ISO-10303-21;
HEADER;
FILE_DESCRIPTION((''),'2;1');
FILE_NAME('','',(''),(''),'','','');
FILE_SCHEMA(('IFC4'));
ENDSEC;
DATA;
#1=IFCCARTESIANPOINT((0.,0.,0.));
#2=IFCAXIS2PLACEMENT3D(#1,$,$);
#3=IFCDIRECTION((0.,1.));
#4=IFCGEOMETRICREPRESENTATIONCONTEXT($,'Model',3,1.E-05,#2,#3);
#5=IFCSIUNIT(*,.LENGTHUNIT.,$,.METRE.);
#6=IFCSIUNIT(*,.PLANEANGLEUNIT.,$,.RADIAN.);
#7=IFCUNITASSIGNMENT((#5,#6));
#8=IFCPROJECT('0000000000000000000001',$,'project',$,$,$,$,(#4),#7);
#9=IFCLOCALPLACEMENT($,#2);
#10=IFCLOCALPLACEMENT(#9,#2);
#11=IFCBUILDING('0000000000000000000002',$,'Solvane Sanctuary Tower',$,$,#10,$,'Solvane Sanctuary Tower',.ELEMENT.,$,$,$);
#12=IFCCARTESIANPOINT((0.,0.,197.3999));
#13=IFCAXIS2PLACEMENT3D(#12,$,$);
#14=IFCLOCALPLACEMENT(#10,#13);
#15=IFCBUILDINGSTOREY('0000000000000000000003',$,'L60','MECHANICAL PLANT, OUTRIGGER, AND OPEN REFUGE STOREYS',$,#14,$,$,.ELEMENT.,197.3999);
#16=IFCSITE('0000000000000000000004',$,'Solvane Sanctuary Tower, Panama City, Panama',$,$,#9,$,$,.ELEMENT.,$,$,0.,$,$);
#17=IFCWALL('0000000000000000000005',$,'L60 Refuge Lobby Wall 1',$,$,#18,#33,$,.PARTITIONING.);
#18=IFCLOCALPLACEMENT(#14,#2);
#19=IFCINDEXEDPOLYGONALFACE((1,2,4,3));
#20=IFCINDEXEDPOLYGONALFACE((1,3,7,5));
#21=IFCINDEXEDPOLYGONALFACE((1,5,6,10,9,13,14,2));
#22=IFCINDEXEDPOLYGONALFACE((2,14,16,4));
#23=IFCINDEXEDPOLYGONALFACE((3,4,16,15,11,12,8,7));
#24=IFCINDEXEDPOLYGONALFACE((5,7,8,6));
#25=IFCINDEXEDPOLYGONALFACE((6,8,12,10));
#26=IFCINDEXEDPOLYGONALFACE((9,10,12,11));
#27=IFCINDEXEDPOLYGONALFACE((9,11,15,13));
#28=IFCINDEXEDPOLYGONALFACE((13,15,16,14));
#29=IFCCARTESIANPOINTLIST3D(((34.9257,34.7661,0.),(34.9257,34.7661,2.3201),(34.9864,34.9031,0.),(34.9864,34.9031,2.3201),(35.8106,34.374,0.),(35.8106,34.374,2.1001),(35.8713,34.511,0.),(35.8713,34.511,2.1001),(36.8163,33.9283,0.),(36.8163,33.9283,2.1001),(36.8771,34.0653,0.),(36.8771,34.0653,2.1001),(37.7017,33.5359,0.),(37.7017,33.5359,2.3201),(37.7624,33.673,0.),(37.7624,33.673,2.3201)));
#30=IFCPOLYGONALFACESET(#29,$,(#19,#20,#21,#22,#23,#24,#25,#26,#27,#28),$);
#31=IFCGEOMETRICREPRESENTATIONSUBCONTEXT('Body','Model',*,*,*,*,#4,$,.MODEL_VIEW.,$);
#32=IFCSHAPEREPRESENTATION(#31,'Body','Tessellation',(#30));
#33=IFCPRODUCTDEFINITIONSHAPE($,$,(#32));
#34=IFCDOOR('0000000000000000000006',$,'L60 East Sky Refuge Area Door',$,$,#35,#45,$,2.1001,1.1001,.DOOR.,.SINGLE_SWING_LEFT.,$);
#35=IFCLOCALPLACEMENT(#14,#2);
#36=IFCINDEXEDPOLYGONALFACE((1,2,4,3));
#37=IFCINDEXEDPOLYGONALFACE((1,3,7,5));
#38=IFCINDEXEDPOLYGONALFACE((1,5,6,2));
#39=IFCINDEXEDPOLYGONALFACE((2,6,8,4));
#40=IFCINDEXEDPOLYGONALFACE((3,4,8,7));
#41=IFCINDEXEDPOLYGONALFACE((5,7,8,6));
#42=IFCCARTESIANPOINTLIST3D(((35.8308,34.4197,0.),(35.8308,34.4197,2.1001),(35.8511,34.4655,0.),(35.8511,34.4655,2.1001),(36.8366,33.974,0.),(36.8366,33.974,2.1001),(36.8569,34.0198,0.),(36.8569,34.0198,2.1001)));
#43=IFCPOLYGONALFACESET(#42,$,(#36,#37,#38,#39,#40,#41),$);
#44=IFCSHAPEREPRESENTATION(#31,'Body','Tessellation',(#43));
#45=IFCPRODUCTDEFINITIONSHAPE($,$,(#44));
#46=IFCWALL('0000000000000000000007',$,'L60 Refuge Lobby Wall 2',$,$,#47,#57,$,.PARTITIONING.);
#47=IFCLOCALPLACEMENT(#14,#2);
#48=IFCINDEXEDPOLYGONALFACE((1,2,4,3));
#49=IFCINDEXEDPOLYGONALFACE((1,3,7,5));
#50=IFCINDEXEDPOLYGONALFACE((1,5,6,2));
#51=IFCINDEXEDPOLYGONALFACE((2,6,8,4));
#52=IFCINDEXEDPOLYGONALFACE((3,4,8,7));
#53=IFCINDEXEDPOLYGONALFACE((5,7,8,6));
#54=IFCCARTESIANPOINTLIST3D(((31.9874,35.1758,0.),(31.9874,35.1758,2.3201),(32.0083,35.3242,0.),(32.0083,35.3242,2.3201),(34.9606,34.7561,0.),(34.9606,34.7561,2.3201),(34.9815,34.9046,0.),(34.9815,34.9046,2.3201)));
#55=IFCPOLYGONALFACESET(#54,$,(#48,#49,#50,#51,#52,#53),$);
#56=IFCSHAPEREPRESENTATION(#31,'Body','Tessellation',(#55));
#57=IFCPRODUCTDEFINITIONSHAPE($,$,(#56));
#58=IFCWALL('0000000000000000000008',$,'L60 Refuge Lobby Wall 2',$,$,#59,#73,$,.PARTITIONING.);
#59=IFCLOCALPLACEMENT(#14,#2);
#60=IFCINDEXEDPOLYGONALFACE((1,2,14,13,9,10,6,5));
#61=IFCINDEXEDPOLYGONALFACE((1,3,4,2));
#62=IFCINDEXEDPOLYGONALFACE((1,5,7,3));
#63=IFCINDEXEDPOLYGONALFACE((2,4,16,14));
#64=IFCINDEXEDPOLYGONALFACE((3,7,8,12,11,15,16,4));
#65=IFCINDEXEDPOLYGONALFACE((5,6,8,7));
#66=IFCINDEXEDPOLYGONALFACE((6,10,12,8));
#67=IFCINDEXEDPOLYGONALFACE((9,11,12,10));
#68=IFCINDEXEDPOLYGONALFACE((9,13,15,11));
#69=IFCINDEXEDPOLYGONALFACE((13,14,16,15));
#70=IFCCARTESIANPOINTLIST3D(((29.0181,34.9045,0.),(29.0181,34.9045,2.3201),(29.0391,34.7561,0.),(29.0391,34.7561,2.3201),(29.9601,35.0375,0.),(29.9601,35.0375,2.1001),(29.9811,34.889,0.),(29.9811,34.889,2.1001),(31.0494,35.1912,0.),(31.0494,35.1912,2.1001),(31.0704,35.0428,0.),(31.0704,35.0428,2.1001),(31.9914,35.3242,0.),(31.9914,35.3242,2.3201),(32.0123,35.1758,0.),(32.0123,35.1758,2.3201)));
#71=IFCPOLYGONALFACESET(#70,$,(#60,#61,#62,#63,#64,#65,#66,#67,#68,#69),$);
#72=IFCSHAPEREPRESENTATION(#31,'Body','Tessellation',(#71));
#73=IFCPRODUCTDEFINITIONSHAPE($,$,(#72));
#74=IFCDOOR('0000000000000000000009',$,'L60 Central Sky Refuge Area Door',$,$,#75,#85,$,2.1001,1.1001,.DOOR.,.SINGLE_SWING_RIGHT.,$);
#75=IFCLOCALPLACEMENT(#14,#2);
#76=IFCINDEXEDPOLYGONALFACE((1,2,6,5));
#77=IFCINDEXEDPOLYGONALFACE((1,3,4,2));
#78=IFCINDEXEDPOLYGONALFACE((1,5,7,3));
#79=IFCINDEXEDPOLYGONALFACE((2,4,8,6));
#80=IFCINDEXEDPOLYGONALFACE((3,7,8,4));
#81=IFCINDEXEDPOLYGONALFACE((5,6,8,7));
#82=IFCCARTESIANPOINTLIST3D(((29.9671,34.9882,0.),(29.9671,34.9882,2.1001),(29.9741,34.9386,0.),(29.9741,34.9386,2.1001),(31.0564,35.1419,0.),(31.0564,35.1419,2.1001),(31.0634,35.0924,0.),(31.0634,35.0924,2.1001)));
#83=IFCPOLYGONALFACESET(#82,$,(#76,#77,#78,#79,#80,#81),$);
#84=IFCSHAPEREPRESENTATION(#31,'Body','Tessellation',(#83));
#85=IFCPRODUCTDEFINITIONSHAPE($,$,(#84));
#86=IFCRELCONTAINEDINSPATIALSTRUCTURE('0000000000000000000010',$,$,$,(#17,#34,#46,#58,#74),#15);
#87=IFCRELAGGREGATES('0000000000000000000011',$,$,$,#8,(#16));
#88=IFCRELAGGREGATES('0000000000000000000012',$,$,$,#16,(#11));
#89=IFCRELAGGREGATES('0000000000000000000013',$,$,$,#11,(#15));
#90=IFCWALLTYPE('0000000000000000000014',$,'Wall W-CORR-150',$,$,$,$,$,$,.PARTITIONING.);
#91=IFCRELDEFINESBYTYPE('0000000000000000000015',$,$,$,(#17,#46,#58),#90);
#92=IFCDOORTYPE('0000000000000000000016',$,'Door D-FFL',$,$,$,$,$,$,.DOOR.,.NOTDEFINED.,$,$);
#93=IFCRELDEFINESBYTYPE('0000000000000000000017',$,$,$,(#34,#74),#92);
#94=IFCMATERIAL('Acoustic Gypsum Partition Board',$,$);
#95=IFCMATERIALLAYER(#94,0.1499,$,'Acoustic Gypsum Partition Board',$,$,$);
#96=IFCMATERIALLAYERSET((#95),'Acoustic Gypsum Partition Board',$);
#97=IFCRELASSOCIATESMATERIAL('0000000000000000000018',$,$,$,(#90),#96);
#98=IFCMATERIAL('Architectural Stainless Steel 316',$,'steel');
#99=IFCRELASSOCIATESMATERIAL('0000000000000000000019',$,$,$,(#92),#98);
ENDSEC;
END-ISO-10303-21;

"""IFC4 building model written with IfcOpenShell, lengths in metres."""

from ifc_helpers import new_model, si_unit, direction, frame, frame_2d, origin, place, context, subcontext, project, spatial, rectangle, extrude, material, layer, layer_set, type_object, element, fill, save


model = new_model("IFC4")

# Units and contexts
model_context = context("Model", 3, precision=1e-05, world=origin(), true_north=direction((0.0, 1.0)))
body_context = subcontext(model_context, "Body", "Model", "MODEL_VIEW")
ifc_project = project(units=[si_unit("LENGTHUNIT", "METRE"), si_unit("PLANEANGLEUNIT", "RADIAN")], contexts=[model_context])

# Site, building, storey
site_placement = place(None, origin())
site = spatial("IfcSite", under=ifc_project, at=site_placement, Name="Solvane Sanctuary Tower, Panama City, Panama", CompositionType="ELEMENT", RefElevation=0.0)
building_placement = place(site_placement, origin())
building = spatial("IfcBuilding", under=site, at=building_placement, Name="Solvane Sanctuary Tower", LongName="Solvane Sanctuary Tower", CompositionType="ELEMENT")
storey_placement = place(building_placement, frame((0.0, 0.0, 197.3999)))
storey = spatial("IfcBuildingStorey", under=building, at=storey_placement, Name="L60", Description="MECHANICAL PLANT, OUTRIGGER, AND OPEN REFUGE STOREYS", CompositionType="ELEMENT", Elevation=197.3999)

# Shared definitions
ifc_material_1 = material(Name="Acoustic Gypsum Partition Board")
ifc_layer = layer(ifc_material_1, 0.1499, Name="Acoustic Gypsum Partition Board")
ifc_layer_set = layer_set([ifc_layer], Name="Acoustic Gypsum Partition Board")
wall_type = type_object("IfcWallType", Name="Wall W-CORR-150", PredefinedType="PARTITIONING", material=ifc_layer_set)

# Wall, opening, door
wall_1_placement = place(storey_placement, frame((37.7319, 33.6045, 0.0), z_axis=(0.0, 0.0, 1.0), x_axis=(-0.914252, 0.405146, 0.0)))
wall_1 = element("IfcWall", 1, at=wall_1_placement, inside=storey, type_object=wall_type, Name="L60 Refuge Lobby Wall 1", PredefinedType="PARTITIONING", context=body_context, shape_type="SweptSolid", body=[
    extrude(rectangle(XDim=3.0364, YDim=0.1499, at=frame_2d((1.5181, 0.0))), origin(), (0.0, 0.0, 1.0), 2.3201),
])
opening_1_placement = place(wall_1_placement, frame((0.9683, 0.0, 0.0)))
opening_1 = element("IfcOpeningElement", 2, at=opening_1_placement, cuts=wall_1, PredefinedType="OPENING", context=body_context, shape_type="SweptSolid", body=[
    extrude(rectangle(XDim=1.1001, YDim=2.1001, at=frame_2d((0.55, 1.05))), frame((0.0, 0.085, 0.0), z_axis=(0.0, -1.0, 0.0), x_axis=(1.0, 0.0, 0.0)), (0.0, 0.0, 1.0), 0.1699),
])
ifc_material_2 = material(Name="Architectural Stainless Steel 316", Category="steel")
door_type = type_object("IfcDoorType", Name="Door D-FFL", OperationType="NOTDEFINED", PredefinedType="DOOR", material=ifc_material_2)
door_1_placement = place(opening_1_placement, origin())
door_1 = element("IfcDoor", 3, at=door_1_placement, inside=storey, type_object=door_type, Name="L60 East Sky Refuge Area Door", OperationType="SINGLE_SWING_LEFT", OverallHeight=2.1001, OverallWidth=1.1001, PredefinedType="DOOR", context=body_context, shape_type="SweptSolid", body=[
    extrude(rectangle(XDim=1.1001, YDim=2.1001, at=frame_2d((0.55, 1.05))), frame((0.0, 0.0249, 0.0), z_axis=(0.0, -1.0, 0.0), x_axis=(1.0, 0.0, 0.0)), (0.0, 0.0, 1.0), 0.05),
])
fill(opening_1, door_1)

# Wall
wall_2_placement = place(storey_placement, frame((34.9712, 34.8303, 0.0), z_axis=(0.0, 0.0, 1.0), x_axis=(-0.990184, 0.139771, 0.0)))
element("IfcWall", 4, at=wall_2_placement, inside=storey, type_object=wall_type, Name="L60 Refuge Lobby Wall 2", PredefinedType="PARTITIONING", context=body_context, shape_type="SweptSolid", body=[
    extrude(rectangle(XDim=3.0027, YDim=0.1499, at=frame_2d((1.5015, 0.0))), origin(), (0.0, 0.0, 1.0), 2.3201),
])

# Wall, opening, door
wall_3_placement = place(storey_placement, frame((32.002, 35.25, 0.0), z_axis=(0.0, 0.0, 1.0), x_axis=(-0.990184, -0.139771, 0.0)))
wall_3 = element("IfcWall", 5, at=wall_3_placement, inside=storey, type_object=wall_type, Name="L60 Refuge Lobby Wall 2", PredefinedType="PARTITIONING", context=body_context, shape_type="SweptSolid", body=[
    extrude(rectangle(XDim=3.0027, YDim=0.1499, at=frame_2d((1.5015, 0.0))), origin(), (0.0, 0.0, 1.0), 2.3201),
])
opening_2_placement = place(wall_3_placement, frame((0.9514, 0.0, 0.0)))
opening_2 = element("IfcOpeningElement", 6, at=opening_2_placement, cuts=wall_3, PredefinedType="OPENING", context=body_context, shape_type="SweptSolid", body=[
    extrude(rectangle(XDim=1.1001, YDim=2.1001, at=frame_2d((0.55, 1.05))), frame((0.0, 0.085, 0.0), z_axis=(0.0, -1.0, 0.0), x_axis=(1.0, 0.0, 0.0)), (0.0, 0.0, 1.0), 0.1699),
])
door_2_placement = place(opening_2_placement, origin())
door_2 = element("IfcDoor", 7, at=door_2_placement, inside=storey, type_object=door_type, Name="L60 Central Sky Refuge Area Door", OperationType="SINGLE_SWING_RIGHT", OverallHeight=2.1001, OverallWidth=1.1001, PredefinedType="DOOR", context=body_context, shape_type="SweptSolid", body=[
    extrude(rectangle(XDim=1.1001, YDim=2.1001, at=frame_2d((0.55, 1.05))), frame((0.0, 0.0249, 0.0), z_axis=(0.0, -1.0, 0.0), x_axis=(1.0, 0.0, 0.0)), (0.0, 0.0, 1.0), 0.05),
])
fill(opening_2, door_2)

save(model, "model.ifc")
